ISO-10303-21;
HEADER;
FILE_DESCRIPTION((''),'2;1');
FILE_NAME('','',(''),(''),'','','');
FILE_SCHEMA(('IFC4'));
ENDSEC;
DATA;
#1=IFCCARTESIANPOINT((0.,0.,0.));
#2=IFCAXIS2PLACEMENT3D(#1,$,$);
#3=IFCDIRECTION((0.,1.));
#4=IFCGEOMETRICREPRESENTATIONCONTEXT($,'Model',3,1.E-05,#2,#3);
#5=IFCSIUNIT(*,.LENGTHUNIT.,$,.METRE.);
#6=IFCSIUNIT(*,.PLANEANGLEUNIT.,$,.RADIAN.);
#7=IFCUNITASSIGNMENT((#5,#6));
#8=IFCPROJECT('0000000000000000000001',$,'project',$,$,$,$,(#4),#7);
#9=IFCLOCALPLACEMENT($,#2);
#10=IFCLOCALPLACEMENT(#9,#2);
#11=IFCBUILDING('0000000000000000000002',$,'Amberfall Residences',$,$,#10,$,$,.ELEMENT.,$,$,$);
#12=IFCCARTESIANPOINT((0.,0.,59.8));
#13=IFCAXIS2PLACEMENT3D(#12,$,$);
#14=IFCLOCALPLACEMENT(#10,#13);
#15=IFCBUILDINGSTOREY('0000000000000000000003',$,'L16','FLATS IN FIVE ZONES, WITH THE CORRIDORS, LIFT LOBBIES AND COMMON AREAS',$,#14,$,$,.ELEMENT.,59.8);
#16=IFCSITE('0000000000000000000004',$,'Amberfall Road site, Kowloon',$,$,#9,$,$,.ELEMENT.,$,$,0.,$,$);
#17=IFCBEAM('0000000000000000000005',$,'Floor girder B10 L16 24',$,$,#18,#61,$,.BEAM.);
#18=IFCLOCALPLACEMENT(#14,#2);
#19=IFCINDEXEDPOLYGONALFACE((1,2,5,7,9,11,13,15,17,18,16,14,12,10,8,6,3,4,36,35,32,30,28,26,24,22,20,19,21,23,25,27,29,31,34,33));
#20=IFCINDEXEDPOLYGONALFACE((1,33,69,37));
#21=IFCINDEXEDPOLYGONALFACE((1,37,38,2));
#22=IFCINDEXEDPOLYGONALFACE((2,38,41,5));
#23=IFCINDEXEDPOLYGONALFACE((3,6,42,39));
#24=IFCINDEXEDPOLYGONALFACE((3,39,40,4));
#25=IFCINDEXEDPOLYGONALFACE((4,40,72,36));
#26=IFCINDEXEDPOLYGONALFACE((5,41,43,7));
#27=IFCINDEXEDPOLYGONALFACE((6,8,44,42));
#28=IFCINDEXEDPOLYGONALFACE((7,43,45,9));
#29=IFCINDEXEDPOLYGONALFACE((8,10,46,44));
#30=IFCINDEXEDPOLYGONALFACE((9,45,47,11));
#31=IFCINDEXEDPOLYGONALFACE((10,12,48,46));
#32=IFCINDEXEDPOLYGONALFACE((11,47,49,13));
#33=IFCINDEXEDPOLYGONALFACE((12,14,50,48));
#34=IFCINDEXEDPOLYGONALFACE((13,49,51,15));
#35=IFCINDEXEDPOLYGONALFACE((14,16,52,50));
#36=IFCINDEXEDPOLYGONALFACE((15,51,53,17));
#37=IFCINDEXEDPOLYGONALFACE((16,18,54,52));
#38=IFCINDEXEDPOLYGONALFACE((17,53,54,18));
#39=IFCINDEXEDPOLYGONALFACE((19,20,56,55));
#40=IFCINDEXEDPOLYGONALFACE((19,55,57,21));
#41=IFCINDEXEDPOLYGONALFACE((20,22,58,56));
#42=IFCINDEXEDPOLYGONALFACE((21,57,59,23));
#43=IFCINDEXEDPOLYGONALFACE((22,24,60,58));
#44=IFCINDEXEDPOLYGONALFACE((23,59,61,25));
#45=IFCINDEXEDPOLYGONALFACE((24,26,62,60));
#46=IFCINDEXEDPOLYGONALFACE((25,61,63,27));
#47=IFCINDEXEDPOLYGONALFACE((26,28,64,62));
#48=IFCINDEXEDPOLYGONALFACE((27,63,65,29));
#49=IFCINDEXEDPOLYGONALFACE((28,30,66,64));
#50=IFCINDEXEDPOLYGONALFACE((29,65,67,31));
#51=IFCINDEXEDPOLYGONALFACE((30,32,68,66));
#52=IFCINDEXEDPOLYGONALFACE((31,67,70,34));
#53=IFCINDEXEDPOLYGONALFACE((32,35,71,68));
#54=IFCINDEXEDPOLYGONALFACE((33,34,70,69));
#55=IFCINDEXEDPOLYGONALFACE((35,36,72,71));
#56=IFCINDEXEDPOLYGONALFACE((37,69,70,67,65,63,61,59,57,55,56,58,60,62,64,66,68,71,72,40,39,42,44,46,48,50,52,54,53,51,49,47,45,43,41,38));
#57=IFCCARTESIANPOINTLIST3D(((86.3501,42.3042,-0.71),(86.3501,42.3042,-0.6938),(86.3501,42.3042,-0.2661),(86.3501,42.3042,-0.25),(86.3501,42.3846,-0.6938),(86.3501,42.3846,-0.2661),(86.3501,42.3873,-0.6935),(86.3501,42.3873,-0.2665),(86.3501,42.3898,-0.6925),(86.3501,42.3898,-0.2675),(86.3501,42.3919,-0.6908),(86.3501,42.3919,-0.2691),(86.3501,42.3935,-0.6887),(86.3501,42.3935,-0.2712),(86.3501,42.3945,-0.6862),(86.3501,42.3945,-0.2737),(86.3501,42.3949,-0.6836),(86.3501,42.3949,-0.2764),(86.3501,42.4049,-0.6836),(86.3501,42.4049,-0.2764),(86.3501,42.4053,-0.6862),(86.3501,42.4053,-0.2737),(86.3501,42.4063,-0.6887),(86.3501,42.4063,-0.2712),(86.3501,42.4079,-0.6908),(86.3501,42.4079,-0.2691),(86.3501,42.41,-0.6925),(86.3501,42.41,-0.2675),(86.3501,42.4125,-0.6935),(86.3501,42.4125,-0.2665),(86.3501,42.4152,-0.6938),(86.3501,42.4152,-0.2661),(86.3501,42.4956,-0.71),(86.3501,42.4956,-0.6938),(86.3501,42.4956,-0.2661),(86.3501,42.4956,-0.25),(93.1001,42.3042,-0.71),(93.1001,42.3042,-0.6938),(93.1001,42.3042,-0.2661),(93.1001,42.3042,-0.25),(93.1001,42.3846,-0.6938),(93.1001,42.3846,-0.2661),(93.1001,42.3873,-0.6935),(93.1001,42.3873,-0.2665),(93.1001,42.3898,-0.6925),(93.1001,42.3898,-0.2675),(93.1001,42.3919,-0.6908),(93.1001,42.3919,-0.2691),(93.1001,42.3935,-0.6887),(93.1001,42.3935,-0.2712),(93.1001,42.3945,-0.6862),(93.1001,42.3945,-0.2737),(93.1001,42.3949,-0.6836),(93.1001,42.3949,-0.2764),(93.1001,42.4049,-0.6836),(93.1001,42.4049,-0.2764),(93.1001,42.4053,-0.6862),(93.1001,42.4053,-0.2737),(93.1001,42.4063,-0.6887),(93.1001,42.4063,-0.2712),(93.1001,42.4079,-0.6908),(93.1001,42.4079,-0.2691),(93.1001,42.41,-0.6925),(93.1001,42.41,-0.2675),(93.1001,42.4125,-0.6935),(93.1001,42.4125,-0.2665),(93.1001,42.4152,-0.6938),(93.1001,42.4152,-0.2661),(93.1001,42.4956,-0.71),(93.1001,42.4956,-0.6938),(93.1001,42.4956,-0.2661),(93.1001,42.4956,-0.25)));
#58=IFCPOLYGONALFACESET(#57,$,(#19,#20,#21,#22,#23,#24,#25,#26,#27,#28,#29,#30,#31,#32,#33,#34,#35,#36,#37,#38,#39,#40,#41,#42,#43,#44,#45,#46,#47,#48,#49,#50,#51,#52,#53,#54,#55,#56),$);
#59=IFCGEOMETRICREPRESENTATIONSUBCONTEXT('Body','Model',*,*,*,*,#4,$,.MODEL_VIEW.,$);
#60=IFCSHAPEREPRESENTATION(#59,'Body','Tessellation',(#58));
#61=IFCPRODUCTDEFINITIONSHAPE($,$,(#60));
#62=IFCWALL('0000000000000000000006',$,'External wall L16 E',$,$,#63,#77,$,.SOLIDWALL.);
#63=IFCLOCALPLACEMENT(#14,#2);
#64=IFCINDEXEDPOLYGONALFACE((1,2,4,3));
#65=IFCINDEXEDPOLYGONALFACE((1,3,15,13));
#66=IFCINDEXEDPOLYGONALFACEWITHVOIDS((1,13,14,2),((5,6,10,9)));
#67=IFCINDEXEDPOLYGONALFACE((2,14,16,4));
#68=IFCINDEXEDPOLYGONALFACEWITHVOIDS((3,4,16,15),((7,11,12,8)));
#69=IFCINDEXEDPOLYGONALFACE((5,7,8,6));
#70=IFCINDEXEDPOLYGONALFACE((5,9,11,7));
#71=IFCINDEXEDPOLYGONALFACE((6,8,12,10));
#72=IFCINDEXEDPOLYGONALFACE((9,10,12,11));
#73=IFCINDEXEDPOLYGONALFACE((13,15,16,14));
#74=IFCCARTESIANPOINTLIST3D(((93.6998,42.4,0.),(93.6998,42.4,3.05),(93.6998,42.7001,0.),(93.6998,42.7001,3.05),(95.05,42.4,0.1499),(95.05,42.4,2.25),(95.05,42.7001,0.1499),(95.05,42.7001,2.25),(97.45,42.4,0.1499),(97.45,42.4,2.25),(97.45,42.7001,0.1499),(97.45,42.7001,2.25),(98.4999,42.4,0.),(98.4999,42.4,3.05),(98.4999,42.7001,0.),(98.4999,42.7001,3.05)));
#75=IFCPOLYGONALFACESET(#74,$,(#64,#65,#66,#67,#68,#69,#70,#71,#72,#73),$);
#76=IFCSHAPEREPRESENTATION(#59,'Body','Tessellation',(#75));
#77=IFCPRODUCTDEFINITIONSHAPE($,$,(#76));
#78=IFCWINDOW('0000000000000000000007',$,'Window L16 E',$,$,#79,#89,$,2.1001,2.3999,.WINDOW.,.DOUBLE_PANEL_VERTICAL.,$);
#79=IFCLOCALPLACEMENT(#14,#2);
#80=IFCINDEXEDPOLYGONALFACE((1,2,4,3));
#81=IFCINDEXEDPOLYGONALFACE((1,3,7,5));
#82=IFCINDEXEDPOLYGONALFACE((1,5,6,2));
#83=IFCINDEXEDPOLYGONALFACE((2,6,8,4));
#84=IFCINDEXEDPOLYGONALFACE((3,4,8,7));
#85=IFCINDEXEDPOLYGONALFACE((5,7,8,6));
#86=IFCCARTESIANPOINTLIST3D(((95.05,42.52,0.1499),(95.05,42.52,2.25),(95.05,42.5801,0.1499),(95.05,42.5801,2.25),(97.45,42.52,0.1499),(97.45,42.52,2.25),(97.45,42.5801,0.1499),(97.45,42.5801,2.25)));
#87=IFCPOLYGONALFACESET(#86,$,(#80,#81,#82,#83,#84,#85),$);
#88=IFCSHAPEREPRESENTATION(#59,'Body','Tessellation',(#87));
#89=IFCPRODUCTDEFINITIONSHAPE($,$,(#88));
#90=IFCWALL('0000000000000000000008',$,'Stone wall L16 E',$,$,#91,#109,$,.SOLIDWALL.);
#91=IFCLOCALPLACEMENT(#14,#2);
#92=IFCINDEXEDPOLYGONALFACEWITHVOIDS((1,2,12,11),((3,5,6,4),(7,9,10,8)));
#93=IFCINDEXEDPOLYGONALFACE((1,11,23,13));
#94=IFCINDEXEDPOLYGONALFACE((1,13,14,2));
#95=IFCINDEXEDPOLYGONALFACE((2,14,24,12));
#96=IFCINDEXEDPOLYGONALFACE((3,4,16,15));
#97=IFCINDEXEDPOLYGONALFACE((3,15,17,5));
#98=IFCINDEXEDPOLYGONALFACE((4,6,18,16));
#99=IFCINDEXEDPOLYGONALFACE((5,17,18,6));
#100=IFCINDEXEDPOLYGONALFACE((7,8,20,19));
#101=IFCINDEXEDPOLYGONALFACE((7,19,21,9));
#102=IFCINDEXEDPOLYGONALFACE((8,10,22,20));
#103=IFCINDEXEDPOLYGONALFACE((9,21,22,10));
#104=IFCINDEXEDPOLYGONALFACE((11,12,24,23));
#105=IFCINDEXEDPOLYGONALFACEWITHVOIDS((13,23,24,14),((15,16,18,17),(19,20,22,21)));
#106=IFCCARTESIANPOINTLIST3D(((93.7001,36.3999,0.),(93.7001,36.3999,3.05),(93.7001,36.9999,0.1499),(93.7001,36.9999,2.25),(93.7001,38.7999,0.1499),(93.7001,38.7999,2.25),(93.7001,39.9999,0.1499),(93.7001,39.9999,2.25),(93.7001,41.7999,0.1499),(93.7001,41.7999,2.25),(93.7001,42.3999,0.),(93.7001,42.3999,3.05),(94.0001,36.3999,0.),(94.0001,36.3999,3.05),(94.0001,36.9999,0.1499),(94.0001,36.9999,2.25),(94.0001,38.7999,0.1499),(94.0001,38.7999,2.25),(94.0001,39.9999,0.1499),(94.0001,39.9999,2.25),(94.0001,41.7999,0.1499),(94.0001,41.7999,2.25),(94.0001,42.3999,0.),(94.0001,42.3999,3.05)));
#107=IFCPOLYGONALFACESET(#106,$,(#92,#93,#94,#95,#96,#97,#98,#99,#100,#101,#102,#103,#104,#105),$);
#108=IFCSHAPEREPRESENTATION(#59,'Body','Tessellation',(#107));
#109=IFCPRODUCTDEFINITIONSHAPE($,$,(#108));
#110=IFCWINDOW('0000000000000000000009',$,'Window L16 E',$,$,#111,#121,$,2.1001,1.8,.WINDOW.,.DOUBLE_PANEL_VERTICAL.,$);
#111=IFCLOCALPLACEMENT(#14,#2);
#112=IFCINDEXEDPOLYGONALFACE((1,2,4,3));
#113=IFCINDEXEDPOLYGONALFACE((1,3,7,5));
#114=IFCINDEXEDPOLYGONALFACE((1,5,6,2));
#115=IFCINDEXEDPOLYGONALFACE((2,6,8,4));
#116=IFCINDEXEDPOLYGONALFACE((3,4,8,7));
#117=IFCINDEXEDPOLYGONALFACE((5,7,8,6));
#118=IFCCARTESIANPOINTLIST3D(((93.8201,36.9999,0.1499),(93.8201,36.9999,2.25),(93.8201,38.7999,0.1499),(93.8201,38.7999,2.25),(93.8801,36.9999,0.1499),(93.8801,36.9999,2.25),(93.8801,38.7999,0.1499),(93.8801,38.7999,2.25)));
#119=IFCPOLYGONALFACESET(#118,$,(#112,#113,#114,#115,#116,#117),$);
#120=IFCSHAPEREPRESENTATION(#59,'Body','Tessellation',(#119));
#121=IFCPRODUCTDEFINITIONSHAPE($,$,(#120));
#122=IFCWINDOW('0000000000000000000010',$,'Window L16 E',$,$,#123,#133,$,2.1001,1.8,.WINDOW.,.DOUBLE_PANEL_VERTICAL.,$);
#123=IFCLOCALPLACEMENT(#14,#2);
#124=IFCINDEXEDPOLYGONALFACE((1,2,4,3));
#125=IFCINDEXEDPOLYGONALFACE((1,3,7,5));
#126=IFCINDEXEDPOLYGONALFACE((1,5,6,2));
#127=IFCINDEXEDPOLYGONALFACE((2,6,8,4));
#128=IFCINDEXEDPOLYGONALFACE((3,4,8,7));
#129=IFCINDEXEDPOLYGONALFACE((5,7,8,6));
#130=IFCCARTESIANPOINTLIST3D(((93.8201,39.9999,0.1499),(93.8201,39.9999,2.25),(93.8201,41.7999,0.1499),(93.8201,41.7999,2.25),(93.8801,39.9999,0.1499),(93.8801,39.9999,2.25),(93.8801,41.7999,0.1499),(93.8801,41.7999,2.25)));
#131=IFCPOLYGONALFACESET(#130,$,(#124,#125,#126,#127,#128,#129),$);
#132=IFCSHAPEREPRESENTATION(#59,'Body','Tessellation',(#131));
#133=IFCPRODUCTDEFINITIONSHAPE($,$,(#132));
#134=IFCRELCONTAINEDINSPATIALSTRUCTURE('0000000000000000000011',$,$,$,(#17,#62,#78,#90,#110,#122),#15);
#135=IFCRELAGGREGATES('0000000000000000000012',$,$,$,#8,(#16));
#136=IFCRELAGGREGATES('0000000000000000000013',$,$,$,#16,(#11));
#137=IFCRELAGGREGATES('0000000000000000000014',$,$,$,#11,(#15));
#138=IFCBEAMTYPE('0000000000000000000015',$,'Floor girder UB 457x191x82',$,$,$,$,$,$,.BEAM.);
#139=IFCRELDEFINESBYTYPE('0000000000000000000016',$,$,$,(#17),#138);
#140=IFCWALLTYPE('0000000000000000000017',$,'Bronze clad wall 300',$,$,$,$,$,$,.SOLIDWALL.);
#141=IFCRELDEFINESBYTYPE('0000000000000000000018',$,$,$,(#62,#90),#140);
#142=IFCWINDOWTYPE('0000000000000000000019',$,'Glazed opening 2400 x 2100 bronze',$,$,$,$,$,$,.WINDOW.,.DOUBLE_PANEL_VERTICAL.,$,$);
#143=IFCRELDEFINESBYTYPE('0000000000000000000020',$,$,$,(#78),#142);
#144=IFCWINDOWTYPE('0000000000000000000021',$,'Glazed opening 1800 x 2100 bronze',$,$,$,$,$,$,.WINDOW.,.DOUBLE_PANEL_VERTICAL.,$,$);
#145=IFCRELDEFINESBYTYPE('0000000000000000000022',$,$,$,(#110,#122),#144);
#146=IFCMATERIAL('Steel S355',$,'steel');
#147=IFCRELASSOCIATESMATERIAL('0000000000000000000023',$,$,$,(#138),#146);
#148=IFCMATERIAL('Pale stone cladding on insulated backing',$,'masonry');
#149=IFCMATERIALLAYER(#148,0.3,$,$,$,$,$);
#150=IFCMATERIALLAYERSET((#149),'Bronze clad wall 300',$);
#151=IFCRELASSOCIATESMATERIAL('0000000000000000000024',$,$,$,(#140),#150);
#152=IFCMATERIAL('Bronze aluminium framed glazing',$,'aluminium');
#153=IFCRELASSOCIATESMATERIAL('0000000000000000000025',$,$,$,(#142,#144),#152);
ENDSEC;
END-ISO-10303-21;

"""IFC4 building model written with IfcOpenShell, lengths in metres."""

from ifc_helpers import new_model, si_unit, direction, frame, frame_2d, origin, origin_2d, place, context, subcontext, project, spatial, rectangle, i_section, extrude, material, layer, layer_set, material_profile, profile_set, type_object, element, fill, save


model = new_model("IFC4")

# Units and contexts
model_context = context("Model", 3, precision=1e-05, world=origin(), true_north=direction((0.0, 1.0)))
body_context = subcontext(model_context, "Body", "Model", "MODEL_VIEW")
ifc_project = project(units=[si_unit("LENGTHUNIT", "METRE"), si_unit("PLANEANGLEUNIT", "RADIAN")], contexts=[model_context])

# Site, building, storey
site_placement = place(None, origin())
site = spatial("IfcSite", under=ifc_project, at=site_placement, Name="Amberfall Road site, Kowloon", CompositionType="ELEMENT", RefElevation=0.0)
building_placement = place(site_placement, origin())
building = spatial("IfcBuilding", under=site, at=building_placement, Name="Amberfall Residences", CompositionType="ELEMENT")
storey_placement = place(building_placement, frame((0.0, 0.0, 59.8)))
storey = spatial("IfcBuildingStorey", under=building, at=storey_placement, Name="L16", Description="FLATS IN FIVE ZONES, WITH THE CORRIDORS, LIFT LOBBIES AND COMMON AREAS", CompositionType="ELEMENT", Elevation=59.8)

# Beam
ifc_material_1 = material(Name="Steel S355", Category="steel")
ifc_material_profile_1 = material_profile(ifc_material_1, i_section(OverallWidth=0.1914, OverallDepth=0.46, WebThickness=0.01, FlangeThickness=0.0161, FilletRadius=0.0103, at=origin_2d()), Name="UB 457x191x82")
ifc_profile_set_1 = profile_set([ifc_material_profile_1], Name="Steel S355")
beam_type_1 = type_object("IfcBeamType", Name="Floor girder UB 457x191x82", PredefinedType="BEAM", material=ifc_profile_set_1)
beam_1_placement = place(storey_placement, frame((93.1001, 42.3999, -0.48), z_axis=(-1.0, 0.0, 0.0), x_axis=(0.0, -1.0, 0.0)))
element("IfcBeam", 1, at=beam_1_placement, inside=storey, type_object=beam_type_1, Name="Floor girder B10 L16 24", PredefinedType="BEAM", context=body_context, shape_type="SweptSolid", body=[
    extrude(i_section(OverallWidth=0.1914, OverallDepth=0.46, WebThickness=0.01, FlangeThickness=0.0161, FilletRadius=0.0103, at=origin_2d()), origin(), (0.0, 0.0, 1.0), 6.75),
])

# Wall, opening, window
ifc_material_2 = material(Name="Pale stone cladding on insulated backing", Category="masonry")
ifc_layer_1 = layer(ifc_material_2, 0.3)
ifc_layer_set_1 = layer_set([ifc_layer_1], Name="Bronze clad wall 300")
wall_type_1 = type_object("IfcWallType", Name="Bronze clad wall 300", PredefinedType="SOLIDWALL", material=ifc_layer_set_1)
wall_1_placement = place(storey_placement, frame((93.7, 42.55, 0.0), z_axis=(0.0, 0.0, 1.0), x_axis=(1.0, 0.0, 0.0)))
wall_1 = element("IfcWall", 2, at=wall_1_placement, inside=storey, type_object=wall_type_1, Name="External wall L16 E", PredefinedType="SOLIDWALL", context=body_context, shape_type="SweptSolid", body=[
    extrude(rectangle(XDim=4.8, YDim=0.3, at=frame_2d((2.3999, 0.0))), origin(), (0.0, 0.0, 1.0), 3.05),
])
opening_1_placement = place(wall_1_placement, frame((1.3501, 0.0, 0.1499)))
opening_1 = element("IfcOpeningElement", 3, at=opening_1_placement, cuts=wall_1, PredefinedType="OPENING", context=body_context, shape_type="SweptSolid", body=[
    extrude(rectangle(XDim=2.3999, YDim=2.1001, at=frame_2d((1.2, 1.05))), frame((0.0, 0.1599, 0.0), z_axis=(0.0, -1.0, 0.0), x_axis=(1.0, 0.0, 0.0)), (0.0, 0.0, 1.0), 0.3201),
])
ifc_material_3 = material(Name="Bronze aluminium framed glazing", Category="aluminium")
window_type_1 = type_object("IfcWindowType", Name="Glazed opening 2400 x 2100 bronze", PartitioningType="DOUBLE_PANEL_VERTICAL", PredefinedType="WINDOW", material=ifc_material_3)
window_1_placement = place(opening_1_placement, origin())
window_1 = element("IfcWindow", 4, at=window_1_placement, inside=storey, type_object=window_type_1, Name="Window L16 E", OverallHeight=2.1001, OverallWidth=2.3999, PartitioningType="DOUBLE_PANEL_VERTICAL", PredefinedType="WINDOW", context=body_context, shape_type="SweptSolid", body=[
    extrude(rectangle(XDim=2.3999, YDim=2.1001, at=frame_2d((1.2, 1.05))), frame((0.0, 0.03, 0.0), z_axis=(0.0, -1.0, 0.0), x_axis=(1.0, 0.0, 0.0)), (0.0, 0.0, 1.0), 0.0601),
])
fill(opening_1, window_1)

# Wall, openings, windows
wall_2_placement = place(storey_placement, frame((93.8501, 36.3999, 0.0), z_axis=(0.0, 0.0, 1.0), x_axis=(0.0, 1.0, 0.0)))
wall_2 = element("IfcWall", 5, at=wall_2_placement, inside=storey, type_object=wall_type_1, Name="Stone wall L16 E", PredefinedType="SOLIDWALL", context=body_context, shape_type="SweptSolid", body=[
    extrude(rectangle(XDim=6.0, YDim=0.3, at=frame_2d((3.0, 0.0))), origin(), (0.0, 0.0, 1.0), 3.05),
])
opening_2_placement = place(wall_2_placement, frame((0.6001, 0.0, 0.1499)))
opening_2 = element("IfcOpeningElement", 6, at=opening_2_placement, cuts=wall_2, PredefinedType="OPENING", context=body_context, shape_type="SweptSolid", body=[
    extrude(rectangle(XDim=1.8, YDim=2.1001, at=frame_2d((0.8999, 1.05))), frame((0.0, 0.1599, 0.0), z_axis=(0.0, -1.0, 0.0), x_axis=(1.0, 0.0, 0.0)), (0.0, 0.0, 1.0), 0.3201),
])
opening_3_placement = place(wall_2_placement, frame((3.6001, 0.0, 0.1499)))
opening_3 = element("IfcOpeningElement", 7, at=opening_3_placement, cuts=wall_2, PredefinedType="OPENING", context=body_context, shape_type="SweptSolid", body=[
    extrude(rectangle(XDim=1.8, YDim=2.1001, at=frame_2d((0.8999, 1.05))), frame((0.0, 0.1599, 0.0), z_axis=(0.0, -1.0, 0.0), x_axis=(1.0, 0.0, 0.0)), (0.0, 0.0, 1.0), 0.3201),
])
window_type_2 = type_object("IfcWindowType", Name="Glazed opening 1800 x 2100 bronze", PartitioningType="DOUBLE_PANEL_VERTICAL", PredefinedType="WINDOW", material=ifc_material_3)
window_2_placement = place(opening_2_placement, origin())
window_2 = element("IfcWindow", 8, at=window_2_placement, inside=storey, type_object=window_type_2, Name="Window L16 E", OverallHeight=2.1001, OverallWidth=1.8, PartitioningType="DOUBLE_PANEL_VERTICAL", PredefinedType="WINDOW", context=body_context, shape_type="SweptSolid", body=[
    extrude(rectangle(XDim=1.8, YDim=2.1001, at=frame_2d((0.8999, 1.05))), frame((0.0, 0.03, 0.0), z_axis=(0.0, -1.0, 0.0), x_axis=(1.0, 0.0, 0.0)), (0.0, 0.0, 1.0), 0.0601),
])
fill(opening_2, window_2)
window_3_placement = place(opening_3_placement, origin())
window_3 = element("IfcWindow", 9, at=window_3_placement, inside=storey, type_object=window_type_2, Name="Window L16 E", OverallHeight=2.1001, OverallWidth=1.8, PartitioningType="DOUBLE_PANEL_VERTICAL", PredefinedType="WINDOW", context=body_context, shape_type="SweptSolid", body=[
    extrude(rectangle(XDim=1.8, YDim=2.1001, at=frame_2d((0.8999, 1.05))), frame((0.0, 0.03, 0.0), z_axis=(0.0, -1.0, 0.0), x_axis=(1.0, 0.0, 0.0)), (0.0, 0.0, 1.0), 0.0601),
])
fill(opening_3, window_3)

save(model, "model.ifc")
